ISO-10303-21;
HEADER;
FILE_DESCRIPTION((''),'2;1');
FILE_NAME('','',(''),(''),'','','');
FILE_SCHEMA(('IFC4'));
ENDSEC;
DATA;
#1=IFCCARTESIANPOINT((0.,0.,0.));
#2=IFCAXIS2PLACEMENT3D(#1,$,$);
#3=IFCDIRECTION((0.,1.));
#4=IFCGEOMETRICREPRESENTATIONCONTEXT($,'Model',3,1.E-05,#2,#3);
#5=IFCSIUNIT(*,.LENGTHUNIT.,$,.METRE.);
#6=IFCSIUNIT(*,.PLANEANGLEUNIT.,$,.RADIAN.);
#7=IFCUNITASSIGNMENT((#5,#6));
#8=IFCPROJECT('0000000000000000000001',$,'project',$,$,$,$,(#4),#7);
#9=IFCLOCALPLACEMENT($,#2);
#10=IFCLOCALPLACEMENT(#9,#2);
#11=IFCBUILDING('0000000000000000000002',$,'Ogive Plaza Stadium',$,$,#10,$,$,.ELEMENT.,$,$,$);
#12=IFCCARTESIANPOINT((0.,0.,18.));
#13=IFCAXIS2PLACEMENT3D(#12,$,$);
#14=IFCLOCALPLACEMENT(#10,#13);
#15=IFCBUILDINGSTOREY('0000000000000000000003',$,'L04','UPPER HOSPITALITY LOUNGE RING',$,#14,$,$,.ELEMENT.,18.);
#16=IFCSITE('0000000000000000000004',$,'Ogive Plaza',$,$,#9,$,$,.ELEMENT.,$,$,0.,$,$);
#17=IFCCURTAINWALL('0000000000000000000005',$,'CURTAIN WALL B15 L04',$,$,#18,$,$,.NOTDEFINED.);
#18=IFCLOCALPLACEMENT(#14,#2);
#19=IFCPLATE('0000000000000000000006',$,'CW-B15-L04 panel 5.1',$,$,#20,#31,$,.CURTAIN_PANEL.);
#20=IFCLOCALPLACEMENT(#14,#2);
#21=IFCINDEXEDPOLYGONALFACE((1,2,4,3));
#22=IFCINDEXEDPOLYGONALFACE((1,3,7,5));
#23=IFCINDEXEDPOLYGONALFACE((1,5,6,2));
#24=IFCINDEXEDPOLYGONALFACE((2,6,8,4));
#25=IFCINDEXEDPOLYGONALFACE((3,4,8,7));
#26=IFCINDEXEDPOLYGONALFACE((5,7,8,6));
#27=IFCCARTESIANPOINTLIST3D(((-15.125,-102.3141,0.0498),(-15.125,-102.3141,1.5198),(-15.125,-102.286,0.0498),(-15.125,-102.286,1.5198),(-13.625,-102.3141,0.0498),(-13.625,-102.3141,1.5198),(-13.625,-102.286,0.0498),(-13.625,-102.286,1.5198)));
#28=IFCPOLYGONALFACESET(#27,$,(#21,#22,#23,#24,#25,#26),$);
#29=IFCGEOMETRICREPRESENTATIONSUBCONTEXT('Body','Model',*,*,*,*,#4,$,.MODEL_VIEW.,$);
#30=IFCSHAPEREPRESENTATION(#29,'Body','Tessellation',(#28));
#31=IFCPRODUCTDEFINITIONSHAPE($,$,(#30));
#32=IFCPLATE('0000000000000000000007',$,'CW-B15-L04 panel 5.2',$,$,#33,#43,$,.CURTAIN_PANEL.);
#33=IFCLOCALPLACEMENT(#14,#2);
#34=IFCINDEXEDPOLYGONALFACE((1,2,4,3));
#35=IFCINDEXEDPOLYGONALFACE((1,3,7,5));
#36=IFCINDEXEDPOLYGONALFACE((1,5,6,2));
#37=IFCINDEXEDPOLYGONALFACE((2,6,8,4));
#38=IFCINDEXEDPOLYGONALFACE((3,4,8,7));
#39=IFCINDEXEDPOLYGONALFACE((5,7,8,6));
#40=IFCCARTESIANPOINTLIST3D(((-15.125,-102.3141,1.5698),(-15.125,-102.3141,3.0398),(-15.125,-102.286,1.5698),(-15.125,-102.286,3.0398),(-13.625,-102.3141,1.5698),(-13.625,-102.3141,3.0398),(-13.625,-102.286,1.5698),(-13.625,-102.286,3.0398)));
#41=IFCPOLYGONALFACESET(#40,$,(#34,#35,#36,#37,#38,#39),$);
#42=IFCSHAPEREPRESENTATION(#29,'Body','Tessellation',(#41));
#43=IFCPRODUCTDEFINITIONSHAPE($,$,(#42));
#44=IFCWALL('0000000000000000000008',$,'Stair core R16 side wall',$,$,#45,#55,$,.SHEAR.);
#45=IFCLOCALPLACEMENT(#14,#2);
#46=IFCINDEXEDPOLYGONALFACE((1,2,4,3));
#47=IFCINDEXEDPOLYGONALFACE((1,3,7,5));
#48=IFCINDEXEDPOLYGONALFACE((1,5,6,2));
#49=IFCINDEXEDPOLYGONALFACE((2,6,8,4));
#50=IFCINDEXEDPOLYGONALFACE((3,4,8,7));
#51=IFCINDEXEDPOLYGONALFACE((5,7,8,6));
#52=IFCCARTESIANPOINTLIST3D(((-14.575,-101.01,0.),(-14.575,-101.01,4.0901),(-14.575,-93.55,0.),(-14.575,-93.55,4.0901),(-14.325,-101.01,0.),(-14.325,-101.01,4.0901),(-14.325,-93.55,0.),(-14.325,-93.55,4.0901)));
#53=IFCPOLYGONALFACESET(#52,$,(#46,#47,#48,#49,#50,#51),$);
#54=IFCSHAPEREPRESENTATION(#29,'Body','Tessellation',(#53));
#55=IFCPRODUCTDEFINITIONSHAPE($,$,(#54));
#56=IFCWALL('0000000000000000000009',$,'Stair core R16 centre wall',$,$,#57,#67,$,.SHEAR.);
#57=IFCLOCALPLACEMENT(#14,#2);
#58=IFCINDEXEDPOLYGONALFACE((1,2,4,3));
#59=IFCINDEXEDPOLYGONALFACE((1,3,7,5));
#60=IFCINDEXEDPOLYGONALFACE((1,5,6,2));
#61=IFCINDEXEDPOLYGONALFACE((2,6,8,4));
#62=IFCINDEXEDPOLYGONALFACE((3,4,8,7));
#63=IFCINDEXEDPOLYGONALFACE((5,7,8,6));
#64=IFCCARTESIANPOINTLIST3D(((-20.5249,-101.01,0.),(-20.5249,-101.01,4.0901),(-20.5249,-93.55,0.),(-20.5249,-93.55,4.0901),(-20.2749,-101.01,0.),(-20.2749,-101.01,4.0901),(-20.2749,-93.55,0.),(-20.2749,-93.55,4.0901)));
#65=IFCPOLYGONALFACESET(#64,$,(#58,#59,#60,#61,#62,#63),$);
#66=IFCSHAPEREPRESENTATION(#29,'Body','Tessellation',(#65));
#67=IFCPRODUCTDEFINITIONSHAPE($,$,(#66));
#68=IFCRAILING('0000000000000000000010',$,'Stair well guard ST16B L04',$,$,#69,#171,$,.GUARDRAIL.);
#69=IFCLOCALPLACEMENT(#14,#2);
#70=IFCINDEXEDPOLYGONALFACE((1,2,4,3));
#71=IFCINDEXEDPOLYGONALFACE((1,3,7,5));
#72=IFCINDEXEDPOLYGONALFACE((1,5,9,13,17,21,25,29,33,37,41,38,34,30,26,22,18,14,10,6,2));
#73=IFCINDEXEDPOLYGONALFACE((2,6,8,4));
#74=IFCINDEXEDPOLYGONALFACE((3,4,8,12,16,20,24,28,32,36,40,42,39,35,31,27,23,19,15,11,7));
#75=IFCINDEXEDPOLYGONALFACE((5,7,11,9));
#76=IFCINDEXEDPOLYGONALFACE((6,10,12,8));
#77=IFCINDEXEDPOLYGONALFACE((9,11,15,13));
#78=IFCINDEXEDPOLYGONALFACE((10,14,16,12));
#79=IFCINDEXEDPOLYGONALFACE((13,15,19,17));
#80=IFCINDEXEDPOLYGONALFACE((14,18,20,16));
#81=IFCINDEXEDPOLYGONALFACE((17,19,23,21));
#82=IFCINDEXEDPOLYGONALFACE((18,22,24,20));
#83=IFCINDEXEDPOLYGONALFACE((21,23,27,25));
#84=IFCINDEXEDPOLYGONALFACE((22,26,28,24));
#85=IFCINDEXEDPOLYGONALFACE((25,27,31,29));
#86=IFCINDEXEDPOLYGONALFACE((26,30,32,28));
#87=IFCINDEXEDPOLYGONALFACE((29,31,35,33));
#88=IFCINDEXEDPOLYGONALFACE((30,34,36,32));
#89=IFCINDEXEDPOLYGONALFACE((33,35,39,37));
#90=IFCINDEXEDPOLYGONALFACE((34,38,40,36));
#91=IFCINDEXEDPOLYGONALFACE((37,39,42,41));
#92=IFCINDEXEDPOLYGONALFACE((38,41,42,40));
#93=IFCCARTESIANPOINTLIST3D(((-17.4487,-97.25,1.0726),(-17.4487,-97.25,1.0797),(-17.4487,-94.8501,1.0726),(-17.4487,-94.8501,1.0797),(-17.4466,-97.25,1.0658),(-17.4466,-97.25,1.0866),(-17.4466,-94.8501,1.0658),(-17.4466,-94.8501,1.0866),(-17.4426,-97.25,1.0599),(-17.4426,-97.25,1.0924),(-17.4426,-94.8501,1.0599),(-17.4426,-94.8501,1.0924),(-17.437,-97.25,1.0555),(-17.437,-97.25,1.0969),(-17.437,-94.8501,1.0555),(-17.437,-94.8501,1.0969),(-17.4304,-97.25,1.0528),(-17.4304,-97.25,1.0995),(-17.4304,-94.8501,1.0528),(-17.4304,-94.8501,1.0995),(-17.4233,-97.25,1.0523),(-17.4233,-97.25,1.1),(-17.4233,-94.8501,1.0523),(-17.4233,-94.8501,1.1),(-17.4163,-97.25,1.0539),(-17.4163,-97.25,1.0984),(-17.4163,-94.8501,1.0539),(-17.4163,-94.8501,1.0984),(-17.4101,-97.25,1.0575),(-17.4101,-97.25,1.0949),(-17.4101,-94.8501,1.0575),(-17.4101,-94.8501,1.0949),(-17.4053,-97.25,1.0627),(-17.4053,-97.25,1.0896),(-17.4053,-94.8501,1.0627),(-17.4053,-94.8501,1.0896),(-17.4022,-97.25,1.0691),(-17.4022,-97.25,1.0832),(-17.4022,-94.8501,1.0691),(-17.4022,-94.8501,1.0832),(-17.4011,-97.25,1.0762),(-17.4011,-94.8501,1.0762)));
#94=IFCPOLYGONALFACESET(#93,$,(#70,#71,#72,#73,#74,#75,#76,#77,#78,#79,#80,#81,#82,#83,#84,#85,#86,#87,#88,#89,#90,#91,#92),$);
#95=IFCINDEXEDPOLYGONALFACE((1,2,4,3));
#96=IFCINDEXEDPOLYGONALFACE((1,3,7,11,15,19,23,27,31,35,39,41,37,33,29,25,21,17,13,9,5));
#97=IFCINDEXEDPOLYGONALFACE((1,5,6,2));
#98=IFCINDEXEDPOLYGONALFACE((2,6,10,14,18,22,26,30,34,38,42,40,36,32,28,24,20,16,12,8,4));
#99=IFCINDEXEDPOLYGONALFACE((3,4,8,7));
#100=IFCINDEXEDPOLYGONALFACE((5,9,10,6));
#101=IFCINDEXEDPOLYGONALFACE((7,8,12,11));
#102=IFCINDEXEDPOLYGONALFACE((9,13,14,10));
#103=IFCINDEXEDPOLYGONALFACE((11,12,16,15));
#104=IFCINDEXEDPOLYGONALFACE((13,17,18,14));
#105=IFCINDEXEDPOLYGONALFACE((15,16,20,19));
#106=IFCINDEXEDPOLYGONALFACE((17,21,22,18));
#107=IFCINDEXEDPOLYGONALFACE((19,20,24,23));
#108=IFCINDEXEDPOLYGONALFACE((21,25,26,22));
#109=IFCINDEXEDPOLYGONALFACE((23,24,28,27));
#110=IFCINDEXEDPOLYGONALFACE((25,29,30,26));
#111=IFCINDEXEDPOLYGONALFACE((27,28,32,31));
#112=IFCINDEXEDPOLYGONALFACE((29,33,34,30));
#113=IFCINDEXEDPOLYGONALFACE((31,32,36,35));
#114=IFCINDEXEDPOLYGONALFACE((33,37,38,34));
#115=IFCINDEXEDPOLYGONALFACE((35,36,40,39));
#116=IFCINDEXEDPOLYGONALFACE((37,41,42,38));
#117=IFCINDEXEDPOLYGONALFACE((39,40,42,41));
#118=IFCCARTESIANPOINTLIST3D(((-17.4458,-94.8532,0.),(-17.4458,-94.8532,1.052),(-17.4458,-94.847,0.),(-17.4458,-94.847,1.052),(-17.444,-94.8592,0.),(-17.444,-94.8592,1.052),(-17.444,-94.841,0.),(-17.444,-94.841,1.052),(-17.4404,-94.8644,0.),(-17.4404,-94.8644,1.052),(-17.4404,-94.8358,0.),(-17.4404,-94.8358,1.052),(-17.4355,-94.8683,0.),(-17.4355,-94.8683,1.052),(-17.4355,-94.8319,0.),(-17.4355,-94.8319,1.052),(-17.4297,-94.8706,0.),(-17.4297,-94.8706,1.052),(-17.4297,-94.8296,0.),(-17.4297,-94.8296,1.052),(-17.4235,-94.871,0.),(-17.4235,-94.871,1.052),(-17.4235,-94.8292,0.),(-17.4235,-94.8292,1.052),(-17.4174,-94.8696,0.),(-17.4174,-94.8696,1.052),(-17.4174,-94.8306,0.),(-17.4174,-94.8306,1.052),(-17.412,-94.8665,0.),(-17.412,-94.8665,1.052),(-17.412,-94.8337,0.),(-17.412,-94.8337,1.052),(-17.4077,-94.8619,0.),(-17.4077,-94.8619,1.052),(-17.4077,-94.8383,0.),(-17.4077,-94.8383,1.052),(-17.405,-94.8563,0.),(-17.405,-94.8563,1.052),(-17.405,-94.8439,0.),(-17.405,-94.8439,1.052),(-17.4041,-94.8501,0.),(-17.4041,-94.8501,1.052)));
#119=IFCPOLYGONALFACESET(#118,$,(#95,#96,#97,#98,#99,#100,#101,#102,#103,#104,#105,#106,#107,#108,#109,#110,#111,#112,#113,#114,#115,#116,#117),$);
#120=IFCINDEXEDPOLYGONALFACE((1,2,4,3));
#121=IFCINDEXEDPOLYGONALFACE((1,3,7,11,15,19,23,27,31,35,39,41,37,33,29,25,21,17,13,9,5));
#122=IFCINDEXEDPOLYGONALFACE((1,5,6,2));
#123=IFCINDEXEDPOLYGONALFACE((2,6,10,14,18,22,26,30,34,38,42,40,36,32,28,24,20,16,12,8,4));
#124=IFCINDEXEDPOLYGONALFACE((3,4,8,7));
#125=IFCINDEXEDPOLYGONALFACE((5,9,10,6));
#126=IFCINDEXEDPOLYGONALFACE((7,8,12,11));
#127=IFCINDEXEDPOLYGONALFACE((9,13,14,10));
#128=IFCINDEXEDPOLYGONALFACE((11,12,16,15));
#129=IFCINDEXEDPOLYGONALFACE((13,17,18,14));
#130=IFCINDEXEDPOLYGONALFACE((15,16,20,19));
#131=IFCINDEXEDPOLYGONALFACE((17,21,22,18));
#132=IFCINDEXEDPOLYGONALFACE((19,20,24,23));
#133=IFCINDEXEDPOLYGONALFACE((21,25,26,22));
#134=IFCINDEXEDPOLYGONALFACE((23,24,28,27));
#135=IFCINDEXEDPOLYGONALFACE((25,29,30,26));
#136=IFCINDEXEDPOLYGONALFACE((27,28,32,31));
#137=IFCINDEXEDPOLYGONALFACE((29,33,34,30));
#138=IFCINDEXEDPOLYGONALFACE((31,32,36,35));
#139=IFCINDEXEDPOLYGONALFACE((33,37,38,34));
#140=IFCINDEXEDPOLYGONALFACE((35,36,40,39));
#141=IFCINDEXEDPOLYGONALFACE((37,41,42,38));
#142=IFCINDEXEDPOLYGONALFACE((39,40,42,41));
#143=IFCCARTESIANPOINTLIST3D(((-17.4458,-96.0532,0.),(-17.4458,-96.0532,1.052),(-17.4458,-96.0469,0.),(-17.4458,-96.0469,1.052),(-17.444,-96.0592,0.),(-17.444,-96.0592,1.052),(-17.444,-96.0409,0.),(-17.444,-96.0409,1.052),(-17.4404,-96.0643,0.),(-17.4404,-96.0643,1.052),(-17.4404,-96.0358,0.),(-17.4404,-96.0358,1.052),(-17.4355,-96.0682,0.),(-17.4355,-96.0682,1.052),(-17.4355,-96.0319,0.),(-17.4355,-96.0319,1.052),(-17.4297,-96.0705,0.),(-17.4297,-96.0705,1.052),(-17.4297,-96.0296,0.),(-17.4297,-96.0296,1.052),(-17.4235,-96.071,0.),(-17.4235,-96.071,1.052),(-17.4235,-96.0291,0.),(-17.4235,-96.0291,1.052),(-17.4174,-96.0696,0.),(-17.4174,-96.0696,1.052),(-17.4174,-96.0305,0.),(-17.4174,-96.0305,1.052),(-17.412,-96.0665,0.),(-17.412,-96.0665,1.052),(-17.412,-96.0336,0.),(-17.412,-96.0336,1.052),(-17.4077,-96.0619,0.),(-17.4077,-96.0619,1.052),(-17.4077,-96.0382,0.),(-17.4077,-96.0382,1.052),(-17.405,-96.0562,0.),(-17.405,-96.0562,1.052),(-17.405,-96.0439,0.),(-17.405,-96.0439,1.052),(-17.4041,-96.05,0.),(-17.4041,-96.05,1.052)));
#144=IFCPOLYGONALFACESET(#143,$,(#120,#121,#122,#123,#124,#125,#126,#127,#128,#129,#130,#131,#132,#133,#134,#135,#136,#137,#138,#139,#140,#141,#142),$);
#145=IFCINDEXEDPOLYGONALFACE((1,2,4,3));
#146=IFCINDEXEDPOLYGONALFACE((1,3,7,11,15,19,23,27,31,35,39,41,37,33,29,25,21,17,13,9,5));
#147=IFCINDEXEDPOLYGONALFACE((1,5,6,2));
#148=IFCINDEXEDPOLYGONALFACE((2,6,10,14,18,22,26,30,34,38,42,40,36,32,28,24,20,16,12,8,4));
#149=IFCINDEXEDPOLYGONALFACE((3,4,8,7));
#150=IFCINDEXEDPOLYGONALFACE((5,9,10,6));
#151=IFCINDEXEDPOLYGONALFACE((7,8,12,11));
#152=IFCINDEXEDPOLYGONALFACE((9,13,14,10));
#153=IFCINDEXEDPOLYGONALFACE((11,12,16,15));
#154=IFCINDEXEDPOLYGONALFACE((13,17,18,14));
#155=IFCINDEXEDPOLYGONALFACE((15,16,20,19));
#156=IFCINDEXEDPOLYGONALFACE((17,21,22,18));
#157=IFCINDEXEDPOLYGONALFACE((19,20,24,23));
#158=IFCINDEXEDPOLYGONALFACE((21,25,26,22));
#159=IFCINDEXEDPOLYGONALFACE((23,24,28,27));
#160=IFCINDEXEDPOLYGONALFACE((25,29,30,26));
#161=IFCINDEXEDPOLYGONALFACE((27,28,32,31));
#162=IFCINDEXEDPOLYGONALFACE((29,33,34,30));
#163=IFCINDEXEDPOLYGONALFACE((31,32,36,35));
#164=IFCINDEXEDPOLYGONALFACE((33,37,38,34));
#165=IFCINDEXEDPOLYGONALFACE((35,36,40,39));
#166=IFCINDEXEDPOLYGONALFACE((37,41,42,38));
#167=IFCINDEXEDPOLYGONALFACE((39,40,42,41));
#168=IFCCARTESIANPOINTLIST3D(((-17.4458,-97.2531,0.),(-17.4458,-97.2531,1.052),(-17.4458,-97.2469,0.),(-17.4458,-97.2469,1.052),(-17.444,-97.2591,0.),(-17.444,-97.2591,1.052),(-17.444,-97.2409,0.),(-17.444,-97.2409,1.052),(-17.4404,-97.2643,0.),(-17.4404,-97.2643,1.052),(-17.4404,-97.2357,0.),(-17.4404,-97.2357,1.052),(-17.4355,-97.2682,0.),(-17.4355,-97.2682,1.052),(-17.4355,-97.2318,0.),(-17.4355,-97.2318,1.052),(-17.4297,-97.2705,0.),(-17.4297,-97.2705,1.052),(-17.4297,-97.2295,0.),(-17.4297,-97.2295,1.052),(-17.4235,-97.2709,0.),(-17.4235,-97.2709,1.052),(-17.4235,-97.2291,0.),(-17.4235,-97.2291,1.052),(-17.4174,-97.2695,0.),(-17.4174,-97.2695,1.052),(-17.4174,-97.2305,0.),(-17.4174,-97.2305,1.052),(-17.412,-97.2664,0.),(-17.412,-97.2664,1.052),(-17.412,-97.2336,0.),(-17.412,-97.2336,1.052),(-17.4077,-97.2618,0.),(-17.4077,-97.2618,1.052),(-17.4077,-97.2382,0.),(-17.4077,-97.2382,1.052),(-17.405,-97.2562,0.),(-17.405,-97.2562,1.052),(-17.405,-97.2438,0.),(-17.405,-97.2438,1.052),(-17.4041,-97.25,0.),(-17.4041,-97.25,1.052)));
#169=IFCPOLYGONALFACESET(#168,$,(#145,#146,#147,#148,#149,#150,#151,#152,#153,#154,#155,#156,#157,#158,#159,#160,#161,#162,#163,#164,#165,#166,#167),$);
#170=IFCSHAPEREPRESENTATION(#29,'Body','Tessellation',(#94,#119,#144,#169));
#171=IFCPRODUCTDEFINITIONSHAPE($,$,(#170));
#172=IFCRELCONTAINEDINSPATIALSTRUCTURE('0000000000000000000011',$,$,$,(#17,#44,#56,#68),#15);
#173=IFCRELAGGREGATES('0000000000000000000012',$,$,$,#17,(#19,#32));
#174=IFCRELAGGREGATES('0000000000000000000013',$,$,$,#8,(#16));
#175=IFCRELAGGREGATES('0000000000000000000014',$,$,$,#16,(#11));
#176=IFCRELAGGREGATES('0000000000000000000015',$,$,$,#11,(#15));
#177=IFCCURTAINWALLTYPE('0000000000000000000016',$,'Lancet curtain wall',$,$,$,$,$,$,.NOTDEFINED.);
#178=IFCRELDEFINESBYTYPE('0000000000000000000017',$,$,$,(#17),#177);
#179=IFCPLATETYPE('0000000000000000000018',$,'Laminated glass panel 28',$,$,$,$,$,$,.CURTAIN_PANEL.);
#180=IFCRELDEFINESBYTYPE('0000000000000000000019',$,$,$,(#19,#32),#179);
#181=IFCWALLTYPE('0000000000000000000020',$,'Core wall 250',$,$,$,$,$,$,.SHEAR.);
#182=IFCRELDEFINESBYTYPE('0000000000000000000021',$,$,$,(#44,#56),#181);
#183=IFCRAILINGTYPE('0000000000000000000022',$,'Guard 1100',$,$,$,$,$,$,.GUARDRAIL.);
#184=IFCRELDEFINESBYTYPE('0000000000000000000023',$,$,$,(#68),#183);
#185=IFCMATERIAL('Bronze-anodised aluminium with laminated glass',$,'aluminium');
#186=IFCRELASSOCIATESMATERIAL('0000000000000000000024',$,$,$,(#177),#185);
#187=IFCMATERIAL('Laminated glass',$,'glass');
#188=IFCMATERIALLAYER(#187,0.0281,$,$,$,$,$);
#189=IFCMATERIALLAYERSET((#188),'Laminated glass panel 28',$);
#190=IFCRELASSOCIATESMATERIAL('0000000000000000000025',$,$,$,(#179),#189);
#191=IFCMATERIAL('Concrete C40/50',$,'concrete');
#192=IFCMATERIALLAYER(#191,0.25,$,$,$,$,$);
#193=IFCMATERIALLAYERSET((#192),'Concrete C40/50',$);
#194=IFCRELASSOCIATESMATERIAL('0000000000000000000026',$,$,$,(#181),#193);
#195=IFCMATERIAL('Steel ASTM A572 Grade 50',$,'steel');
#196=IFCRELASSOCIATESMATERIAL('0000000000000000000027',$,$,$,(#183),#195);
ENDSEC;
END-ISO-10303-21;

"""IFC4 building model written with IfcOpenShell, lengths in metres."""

from ifc_helpers import new_model, si_unit, direction, frame, frame_2d, origin, origin_2d, place, context, subcontext, project, spatial, rectangle, circle, extrude, material, layer, layer_set, type_object, element, aggregate, save


model = new_model("IFC4")

# Units and contexts
model_context = context("Model", 3, precision=1e-05, world=origin(), true_north=direction((0.0, 1.0)))
body_context = subcontext(model_context, "Body", "Model", "MODEL_VIEW")
ifc_project = project(units=[si_unit("LENGTHUNIT", "METRE"), si_unit("PLANEANGLEUNIT", "RADIAN")], contexts=[model_context])

# Site, building, storey
site_placement = place(None, origin())
site = spatial("IfcSite", under=ifc_project, at=site_placement, Name="Ogive Plaza", CompositionType="ELEMENT", RefElevation=0.0)
building_placement = place(site_placement, origin())
building = spatial("IfcBuilding", under=site, at=building_placement, Name="Ogive Plaza Stadium", CompositionType="ELEMENT")
storey_placement = place(building_placement, frame((0.0, 0.0, 18.0)))
storey = spatial("IfcBuildingStorey", under=building, at=storey_placement, Name="L04", Description="UPPER HOSPITALITY LOUNGE RING", CompositionType="ELEMENT", Elevation=18.0)

# Curtain wall
ifc_material_1 = material(Name="Bronze-anodised aluminium with laminated glass", Category="aluminium")
curtain_wall_type = type_object("IfcCurtainWallType", Name="Lancet curtain wall", PredefinedType="NOTDEFINED", material=ifc_material_1)
curtain_wall_placement = place(storey_placement, origin())
curtain_wall = element("IfcCurtainWall", 1, at=curtain_wall_placement, inside=storey, type_object=curtain_wall_type, Name="CURTAIN WALL B15 L04", PredefinedType="NOTDEFINED")

# Plates
ifc_material_2 = material(Name="Laminated glass", Category="glass")
ifc_layer_1 = layer(ifc_material_2, 0.0281)
ifc_layer_set_1 = layer_set([ifc_layer_1], Name="Laminated glass panel 28")
plate_type = type_object("IfcPlateType", Name="Laminated glass panel 28", PredefinedType="CURTAIN_PANEL", material=ifc_layer_set_1)
plate_1_placement = place(storey_placement, frame((-14.375, -102.3, 0.0498), z_axis=(0.0, 0.0, 1.0), x_axis=(-1.0, 0.0, 0.0)))
plate_1 = element("IfcPlate", 2, at=plate_1_placement, type_object=plate_type, Name="CW-B15-L04 panel 5.1", PredefinedType="CURTAIN_PANEL", context=body_context, shape_type="SweptSolid", body=[
    extrude(rectangle(XDim=1.5, YDim=0.0281, at=origin_2d()), origin(), (0.0, 0.0, 1.0), 1.47),
])
plate_2_placement = place(storey_placement, frame((-14.375, -102.3, 1.5698), z_axis=(0.0, 0.0, 1.0), x_axis=(-1.0, 0.0, 0.0)))
plate_2 = element("IfcPlate", 3, at=plate_2_placement, type_object=plate_type, Name="CW-B15-L04 panel 5.2", PredefinedType="CURTAIN_PANEL", context=body_context, shape_type="SweptSolid", body=[
    extrude(rectangle(XDim=1.5, YDim=0.0281, at=origin_2d()), origin(), (0.0, 0.0, 1.0), 1.47),
])
aggregate(curtain_wall, [plate_1, plate_2])

# Walls
ifc_material_3 = material(Name="Concrete C40/50", Category="concrete")
ifc_layer_2 = layer(ifc_material_3, 0.25)
ifc_layer_set_2 = layer_set([ifc_layer_2], Name="Concrete C40/50")
wall_type = type_object("IfcWallType", Name="Core wall 250", PredefinedType="SHEAR", material=ifc_layer_set_2)
for number, where, z_axis, x_axis, name in (
    (4, (-14.45, -93.55, 0.0), (0.0, 0.0, 1.0), (0.0, -1.0, 0.0), "Stair core R16 side wall"),
    (5, (-20.3999, -93.55, 0.0), (0.0, 0.0, 1.0), (0.0, -1.0, 0.0), "Stair core R16 centre wall"),
):
    element("IfcWall", number, at=place(storey_placement, frame(where, z_axis=z_axis, x_axis=x_axis)), inside=storey, type_object=wall_type, Name=name, PredefinedType="SHEAR", context=body_context, shape_type="SweptSolid", body=[
        extrude(rectangle(XDim=7.46, YDim=0.25, at=frame_2d((3.73, 0.0))), origin(), (0.0, 0.0, 1.0), 4.0901),
    ])

# Railing
ifc_material_4 = material(Name="Steel ASTM A572 Grade 50", Category="steel")
railing_type_1 = type_object("IfcRailingType", Name="Guard 1100", PredefinedType="GUARDRAIL", material=ifc_material_4)
for number, where, name in (
    (6, (-17.425, -94.8501, 0.0), "Stair well guard ST16B L04"),
):
    element("IfcRailing", number, at=place(storey_placement, frame(where)), inside=storey, type_object=railing_type_1, Name=name, PredefinedType="GUARDRAIL", context=body_context, shape_type="SweptSolid", body=[
        extrude(circle(Radius=0.0239, at=origin_2d()), frame((0.0, 0.0, 1.0762), z_axis=(0.0, -1.0, 0.0), x_axis=(1.0, 0.0, 0.0)), (0.0, 0.0, 1.0), 2.3999),
        extrude(circle(Radius=0.021, at=origin_2d()), origin(), (0.0, 0.0, 1.0), 1.052),
        extrude(circle(Radius=0.021, at=origin_2d()), frame((0.0, -1.2, 0.0)), (0.0, 0.0, 1.0), 1.052),
        extrude(circle(Radius=0.021, at=origin_2d()), frame((0.0, -2.3999, 0.0)), (0.0, 0.0, 1.0), 1.052),
    ])

save(model, "model.ifc")
